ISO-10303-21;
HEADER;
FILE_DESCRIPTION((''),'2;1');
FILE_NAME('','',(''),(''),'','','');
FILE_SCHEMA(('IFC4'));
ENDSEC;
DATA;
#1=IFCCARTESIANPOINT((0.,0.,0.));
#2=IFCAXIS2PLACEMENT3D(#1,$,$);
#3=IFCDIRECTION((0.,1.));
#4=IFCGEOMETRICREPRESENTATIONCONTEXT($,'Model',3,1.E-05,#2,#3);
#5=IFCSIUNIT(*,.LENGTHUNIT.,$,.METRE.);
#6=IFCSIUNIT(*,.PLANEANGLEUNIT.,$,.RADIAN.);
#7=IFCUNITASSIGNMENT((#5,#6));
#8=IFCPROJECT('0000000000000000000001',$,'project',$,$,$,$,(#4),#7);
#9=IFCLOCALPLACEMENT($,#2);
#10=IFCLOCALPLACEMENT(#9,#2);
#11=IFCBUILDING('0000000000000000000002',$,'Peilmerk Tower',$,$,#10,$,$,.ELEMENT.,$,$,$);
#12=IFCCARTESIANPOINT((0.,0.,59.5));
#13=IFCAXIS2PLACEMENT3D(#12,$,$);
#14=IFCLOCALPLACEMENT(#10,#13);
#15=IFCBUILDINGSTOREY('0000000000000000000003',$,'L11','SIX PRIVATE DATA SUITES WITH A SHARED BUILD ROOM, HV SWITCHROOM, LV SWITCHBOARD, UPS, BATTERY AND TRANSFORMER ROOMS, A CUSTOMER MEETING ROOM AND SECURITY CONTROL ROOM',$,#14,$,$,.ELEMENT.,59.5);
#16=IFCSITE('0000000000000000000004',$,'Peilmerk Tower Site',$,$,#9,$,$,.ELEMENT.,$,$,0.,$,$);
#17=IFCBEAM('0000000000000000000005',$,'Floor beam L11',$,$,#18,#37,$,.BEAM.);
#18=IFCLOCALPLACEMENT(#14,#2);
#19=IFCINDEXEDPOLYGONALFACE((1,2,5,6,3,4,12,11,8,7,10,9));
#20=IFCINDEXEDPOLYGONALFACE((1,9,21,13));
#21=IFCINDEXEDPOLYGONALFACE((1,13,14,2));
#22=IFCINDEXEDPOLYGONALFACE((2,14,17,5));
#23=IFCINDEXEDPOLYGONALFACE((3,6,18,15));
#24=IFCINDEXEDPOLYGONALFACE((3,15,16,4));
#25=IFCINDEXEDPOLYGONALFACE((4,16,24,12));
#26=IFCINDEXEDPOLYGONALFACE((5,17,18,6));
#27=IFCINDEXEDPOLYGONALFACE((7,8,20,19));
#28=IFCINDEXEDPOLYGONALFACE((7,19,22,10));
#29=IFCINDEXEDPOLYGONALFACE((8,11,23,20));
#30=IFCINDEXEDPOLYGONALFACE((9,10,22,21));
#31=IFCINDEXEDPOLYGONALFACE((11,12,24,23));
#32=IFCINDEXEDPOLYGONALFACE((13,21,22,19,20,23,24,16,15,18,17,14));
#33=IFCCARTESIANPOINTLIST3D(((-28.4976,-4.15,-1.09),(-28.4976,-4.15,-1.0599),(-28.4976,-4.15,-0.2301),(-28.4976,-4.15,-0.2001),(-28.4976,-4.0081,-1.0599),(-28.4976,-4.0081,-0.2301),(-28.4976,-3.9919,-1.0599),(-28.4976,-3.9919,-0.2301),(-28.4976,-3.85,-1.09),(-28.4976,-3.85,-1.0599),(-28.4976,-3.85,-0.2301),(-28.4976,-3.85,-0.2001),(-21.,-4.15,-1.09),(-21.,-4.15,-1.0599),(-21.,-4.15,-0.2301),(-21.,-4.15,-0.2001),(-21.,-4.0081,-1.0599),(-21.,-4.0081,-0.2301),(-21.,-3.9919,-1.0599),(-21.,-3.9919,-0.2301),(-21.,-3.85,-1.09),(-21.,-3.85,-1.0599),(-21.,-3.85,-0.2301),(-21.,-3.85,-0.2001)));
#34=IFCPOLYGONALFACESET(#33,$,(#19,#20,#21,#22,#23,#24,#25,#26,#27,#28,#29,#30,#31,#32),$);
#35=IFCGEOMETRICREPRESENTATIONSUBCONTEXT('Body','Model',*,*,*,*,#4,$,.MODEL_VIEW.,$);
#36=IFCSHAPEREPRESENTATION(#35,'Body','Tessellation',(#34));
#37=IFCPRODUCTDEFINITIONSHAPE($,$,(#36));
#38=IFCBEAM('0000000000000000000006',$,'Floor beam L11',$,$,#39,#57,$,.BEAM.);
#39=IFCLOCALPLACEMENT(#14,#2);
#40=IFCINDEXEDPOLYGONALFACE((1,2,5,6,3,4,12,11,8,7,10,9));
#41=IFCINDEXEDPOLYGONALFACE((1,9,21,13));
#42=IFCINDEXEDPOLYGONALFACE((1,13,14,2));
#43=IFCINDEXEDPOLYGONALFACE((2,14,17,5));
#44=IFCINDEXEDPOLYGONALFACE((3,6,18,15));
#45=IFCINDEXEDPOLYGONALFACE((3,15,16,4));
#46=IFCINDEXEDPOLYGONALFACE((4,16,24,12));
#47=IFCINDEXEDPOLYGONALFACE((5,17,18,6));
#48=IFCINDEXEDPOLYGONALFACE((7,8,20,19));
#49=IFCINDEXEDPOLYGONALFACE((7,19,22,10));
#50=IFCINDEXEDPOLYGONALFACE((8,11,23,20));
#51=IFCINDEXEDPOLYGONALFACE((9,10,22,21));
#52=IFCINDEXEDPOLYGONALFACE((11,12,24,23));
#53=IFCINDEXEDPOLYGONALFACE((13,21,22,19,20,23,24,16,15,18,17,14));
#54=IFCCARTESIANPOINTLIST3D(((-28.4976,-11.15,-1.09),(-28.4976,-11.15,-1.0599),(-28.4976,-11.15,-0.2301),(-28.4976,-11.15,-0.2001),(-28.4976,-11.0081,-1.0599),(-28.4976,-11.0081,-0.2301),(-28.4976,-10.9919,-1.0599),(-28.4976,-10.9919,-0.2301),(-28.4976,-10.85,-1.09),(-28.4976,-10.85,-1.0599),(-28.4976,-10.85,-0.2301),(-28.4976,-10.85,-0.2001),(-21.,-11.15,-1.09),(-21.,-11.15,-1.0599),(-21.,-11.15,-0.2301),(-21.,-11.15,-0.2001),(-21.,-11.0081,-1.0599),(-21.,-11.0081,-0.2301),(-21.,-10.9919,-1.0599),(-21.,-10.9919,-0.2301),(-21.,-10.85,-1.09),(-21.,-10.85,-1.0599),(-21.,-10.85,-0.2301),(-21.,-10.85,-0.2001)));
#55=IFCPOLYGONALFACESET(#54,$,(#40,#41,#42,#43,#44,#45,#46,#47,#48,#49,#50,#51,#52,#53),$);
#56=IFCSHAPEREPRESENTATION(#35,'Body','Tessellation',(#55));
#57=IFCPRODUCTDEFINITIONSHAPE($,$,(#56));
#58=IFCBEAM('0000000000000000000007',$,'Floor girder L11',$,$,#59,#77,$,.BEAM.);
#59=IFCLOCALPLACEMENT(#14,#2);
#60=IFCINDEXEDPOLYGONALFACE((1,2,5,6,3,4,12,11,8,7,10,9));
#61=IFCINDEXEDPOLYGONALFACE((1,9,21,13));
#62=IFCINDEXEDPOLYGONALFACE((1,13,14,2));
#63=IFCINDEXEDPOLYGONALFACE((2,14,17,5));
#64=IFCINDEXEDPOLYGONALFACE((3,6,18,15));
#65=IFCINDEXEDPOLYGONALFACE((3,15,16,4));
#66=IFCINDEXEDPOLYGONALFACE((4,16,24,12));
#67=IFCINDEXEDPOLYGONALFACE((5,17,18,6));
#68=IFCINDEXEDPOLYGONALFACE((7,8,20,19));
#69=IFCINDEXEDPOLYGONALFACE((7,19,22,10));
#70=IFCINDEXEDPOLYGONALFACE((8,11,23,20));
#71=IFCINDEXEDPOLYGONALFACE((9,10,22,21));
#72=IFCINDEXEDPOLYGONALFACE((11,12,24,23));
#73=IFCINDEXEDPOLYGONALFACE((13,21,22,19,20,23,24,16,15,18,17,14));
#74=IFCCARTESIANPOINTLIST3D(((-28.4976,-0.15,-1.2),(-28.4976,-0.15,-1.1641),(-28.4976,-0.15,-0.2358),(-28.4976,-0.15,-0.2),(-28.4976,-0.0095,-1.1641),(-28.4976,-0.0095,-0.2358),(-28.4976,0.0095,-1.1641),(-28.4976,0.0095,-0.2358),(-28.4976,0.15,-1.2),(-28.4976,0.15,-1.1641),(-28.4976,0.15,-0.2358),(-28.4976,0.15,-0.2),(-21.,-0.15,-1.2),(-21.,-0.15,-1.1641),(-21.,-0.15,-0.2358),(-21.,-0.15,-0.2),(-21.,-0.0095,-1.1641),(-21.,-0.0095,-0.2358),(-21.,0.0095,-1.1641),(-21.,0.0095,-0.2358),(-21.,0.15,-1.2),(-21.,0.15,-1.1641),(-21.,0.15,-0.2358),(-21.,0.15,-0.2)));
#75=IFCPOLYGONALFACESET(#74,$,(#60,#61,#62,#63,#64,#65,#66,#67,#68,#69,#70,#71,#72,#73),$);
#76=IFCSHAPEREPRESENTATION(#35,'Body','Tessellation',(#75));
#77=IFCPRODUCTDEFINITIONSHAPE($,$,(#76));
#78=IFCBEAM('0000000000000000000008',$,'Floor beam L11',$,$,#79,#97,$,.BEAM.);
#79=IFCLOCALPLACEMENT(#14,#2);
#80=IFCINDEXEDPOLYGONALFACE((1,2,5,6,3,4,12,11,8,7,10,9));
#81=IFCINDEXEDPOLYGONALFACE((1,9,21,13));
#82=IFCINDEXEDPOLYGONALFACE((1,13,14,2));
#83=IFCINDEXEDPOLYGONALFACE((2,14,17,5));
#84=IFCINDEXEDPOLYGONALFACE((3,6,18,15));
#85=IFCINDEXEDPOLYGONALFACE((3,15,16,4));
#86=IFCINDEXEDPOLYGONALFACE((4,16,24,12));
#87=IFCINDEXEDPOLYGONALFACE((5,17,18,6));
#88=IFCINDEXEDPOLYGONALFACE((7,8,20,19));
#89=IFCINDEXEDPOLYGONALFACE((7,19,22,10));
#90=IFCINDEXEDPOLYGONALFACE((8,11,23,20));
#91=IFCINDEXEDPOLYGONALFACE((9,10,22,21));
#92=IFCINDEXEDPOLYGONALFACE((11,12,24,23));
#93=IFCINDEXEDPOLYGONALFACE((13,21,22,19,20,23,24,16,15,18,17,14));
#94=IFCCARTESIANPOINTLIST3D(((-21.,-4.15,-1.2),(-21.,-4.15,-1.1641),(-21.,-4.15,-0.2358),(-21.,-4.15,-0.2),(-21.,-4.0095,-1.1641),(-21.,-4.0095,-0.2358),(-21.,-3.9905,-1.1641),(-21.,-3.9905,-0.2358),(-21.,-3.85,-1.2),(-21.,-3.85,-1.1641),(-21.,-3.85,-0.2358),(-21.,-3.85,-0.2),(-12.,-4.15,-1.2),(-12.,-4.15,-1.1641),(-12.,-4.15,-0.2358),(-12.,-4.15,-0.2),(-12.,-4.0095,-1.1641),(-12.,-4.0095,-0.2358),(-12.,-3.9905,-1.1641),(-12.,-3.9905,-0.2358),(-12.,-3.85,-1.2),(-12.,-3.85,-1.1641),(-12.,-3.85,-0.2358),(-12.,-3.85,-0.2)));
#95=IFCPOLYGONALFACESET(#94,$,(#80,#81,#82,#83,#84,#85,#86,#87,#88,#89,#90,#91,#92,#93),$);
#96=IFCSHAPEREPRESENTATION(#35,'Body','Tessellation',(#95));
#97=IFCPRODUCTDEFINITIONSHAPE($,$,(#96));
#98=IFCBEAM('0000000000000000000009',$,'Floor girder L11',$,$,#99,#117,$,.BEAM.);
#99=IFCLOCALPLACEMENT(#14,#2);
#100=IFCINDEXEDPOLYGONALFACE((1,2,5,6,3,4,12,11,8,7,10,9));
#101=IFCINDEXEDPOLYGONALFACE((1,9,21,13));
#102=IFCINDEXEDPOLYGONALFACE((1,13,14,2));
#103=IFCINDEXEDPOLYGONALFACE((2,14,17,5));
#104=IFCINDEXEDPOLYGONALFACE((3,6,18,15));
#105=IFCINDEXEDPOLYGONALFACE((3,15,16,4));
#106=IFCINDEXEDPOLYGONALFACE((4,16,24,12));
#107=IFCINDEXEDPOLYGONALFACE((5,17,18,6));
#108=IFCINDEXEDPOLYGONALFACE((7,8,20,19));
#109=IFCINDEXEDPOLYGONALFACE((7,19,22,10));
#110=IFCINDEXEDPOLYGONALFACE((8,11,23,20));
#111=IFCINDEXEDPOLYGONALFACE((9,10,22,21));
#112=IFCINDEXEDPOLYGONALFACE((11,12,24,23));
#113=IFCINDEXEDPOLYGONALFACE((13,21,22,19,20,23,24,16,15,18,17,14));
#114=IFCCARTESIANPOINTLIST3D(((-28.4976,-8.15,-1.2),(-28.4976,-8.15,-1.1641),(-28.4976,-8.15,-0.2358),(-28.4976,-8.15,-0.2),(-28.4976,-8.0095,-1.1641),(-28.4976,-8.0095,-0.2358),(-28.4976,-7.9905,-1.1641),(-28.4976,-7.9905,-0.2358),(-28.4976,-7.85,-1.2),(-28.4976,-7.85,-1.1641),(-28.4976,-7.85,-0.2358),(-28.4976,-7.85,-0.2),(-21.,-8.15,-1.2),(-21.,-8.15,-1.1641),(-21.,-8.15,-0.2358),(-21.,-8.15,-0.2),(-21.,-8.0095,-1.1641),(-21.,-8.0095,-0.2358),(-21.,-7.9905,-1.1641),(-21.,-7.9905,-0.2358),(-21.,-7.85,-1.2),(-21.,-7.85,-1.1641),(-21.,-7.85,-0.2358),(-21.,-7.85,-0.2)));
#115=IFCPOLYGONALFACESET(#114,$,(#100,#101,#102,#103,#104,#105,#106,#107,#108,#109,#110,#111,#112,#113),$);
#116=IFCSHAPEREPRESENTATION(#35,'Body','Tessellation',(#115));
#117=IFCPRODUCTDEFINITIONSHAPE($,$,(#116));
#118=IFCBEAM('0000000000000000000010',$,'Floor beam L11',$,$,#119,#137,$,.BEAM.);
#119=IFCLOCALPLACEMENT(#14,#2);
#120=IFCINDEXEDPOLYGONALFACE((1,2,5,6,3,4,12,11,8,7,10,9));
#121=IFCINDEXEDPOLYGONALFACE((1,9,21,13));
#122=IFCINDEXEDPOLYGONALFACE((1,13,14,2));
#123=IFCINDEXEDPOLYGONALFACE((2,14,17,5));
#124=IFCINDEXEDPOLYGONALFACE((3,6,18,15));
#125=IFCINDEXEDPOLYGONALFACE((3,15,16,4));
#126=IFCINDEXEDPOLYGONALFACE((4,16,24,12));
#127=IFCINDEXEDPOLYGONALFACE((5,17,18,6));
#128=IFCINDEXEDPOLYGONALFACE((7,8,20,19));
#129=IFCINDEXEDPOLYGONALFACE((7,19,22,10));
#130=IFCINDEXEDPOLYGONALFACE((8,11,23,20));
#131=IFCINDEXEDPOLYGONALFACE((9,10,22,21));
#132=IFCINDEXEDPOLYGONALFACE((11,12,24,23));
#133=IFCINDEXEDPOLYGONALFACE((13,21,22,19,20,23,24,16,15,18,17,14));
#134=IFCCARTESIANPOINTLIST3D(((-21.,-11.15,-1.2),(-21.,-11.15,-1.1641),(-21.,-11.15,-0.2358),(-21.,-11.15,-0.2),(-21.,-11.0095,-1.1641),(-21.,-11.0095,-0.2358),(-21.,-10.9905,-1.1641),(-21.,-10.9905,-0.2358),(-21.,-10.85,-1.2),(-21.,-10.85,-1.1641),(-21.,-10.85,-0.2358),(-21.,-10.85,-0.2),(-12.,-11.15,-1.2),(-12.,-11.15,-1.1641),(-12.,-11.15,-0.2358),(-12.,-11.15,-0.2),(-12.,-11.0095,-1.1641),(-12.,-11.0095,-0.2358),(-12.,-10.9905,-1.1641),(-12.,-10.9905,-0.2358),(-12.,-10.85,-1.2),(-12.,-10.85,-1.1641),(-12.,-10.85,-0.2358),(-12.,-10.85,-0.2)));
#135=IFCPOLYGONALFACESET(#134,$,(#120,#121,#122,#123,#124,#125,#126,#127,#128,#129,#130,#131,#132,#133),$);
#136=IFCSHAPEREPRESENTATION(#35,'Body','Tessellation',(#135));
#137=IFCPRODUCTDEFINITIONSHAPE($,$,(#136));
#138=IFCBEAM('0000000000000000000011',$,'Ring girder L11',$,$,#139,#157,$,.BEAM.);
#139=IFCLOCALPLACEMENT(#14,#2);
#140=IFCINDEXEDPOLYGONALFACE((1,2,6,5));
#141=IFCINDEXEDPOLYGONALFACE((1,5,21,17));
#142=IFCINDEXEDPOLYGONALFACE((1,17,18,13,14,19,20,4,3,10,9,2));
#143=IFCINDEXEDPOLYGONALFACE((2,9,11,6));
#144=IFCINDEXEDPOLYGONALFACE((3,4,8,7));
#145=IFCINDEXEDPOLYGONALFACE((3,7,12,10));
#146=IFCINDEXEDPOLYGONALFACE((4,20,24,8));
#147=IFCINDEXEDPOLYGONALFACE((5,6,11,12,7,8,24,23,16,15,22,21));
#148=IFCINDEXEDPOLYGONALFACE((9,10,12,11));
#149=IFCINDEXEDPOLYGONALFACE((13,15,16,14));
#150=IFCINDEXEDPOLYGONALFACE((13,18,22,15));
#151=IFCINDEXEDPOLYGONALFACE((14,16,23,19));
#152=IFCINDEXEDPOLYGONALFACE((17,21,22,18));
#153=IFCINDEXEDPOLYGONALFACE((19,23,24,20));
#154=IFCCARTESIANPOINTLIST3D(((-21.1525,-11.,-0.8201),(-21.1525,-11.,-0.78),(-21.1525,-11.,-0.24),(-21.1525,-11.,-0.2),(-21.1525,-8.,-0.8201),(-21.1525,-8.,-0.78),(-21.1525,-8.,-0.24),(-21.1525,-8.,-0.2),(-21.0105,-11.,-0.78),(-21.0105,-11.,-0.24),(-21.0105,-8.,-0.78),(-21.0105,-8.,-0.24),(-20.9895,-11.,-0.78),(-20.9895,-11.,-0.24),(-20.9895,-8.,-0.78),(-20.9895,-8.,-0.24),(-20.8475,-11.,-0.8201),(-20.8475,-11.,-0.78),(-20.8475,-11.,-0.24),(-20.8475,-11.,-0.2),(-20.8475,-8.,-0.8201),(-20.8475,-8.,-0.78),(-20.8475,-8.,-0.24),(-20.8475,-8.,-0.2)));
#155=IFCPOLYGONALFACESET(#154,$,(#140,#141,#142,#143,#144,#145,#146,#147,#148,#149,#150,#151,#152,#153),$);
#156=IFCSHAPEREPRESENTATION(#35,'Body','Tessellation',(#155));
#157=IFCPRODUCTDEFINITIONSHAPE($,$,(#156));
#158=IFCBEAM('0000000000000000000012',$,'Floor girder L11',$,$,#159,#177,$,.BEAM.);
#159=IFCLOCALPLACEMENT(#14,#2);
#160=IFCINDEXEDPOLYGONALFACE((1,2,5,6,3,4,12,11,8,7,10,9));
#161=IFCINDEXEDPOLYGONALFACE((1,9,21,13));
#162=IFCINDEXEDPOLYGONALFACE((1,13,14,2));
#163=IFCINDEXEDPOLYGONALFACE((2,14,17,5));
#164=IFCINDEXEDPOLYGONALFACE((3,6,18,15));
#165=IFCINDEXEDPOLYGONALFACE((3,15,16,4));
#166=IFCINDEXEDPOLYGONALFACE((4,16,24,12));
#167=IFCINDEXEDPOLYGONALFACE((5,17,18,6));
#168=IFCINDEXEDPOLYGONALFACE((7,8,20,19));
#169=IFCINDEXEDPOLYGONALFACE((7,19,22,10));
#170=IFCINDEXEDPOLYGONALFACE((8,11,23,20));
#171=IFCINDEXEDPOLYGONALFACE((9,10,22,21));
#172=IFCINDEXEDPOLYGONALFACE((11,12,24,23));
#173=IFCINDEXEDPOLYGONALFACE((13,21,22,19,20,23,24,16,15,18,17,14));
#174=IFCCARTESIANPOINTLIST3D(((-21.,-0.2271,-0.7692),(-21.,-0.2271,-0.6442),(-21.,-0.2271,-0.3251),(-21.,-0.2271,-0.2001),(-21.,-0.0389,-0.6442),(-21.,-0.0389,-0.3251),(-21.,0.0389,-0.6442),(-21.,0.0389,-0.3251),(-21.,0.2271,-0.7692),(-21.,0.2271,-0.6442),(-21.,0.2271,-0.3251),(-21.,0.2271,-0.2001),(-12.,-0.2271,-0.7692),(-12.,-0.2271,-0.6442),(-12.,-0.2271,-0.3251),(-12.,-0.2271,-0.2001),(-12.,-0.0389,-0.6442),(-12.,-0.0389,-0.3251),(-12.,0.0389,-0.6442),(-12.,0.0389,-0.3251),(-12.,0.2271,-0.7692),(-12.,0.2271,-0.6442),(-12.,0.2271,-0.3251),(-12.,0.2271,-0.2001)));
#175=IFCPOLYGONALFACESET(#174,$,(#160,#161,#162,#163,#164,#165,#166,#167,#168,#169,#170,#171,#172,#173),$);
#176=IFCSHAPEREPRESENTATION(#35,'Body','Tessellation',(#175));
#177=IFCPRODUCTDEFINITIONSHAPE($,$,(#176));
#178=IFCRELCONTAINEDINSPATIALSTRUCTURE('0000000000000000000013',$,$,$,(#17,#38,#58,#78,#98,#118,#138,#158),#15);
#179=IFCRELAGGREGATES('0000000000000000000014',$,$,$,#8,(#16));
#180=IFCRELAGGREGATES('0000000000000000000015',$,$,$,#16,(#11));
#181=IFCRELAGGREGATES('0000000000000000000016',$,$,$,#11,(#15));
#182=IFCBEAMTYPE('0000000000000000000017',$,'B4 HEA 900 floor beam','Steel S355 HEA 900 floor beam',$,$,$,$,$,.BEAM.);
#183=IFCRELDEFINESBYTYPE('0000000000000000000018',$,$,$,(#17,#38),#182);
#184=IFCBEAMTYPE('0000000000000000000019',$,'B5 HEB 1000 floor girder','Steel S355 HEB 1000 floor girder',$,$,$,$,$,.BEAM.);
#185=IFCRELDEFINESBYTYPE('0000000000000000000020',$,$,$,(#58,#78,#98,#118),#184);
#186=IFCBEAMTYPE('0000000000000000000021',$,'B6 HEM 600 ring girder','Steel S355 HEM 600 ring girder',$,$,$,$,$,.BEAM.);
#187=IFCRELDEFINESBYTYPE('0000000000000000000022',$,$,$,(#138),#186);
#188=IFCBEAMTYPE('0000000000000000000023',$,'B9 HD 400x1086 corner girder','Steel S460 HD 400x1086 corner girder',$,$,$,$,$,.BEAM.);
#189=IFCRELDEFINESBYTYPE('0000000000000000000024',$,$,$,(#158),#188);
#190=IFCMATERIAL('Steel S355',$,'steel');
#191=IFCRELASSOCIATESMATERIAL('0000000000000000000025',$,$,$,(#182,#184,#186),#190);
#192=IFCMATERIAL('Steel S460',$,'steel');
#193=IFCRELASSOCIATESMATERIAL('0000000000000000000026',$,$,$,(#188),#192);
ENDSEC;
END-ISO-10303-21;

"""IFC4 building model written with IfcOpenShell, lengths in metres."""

from ifc_helpers import new_model, si_unit, direction, frame, origin, origin_2d, place, context, subcontext, project, spatial, i_section, extrude, material, material_profile, profile_set, type_object, element, save


model = new_model("IFC4")

# Units and contexts
model_context = context("Model", 3, precision=1e-05, world=origin(), true_north=direction((0.0, 1.0)))
body_context = subcontext(model_context, "Body", "Model", "MODEL_VIEW")
ifc_project = project(units=[si_unit("LENGTHUNIT", "METRE"), si_unit("PLANEANGLEUNIT", "RADIAN")], contexts=[model_context])

# Site, building, storey
site_placement = place(None, origin())
site = spatial("IfcSite", under=ifc_project, at=site_placement, Name="Peilmerk Tower Site", CompositionType="ELEMENT", RefElevation=0.0)
building_placement = place(site_placement, origin())
building = spatial("IfcBuilding", under=site, at=building_placement, Name="Peilmerk Tower", CompositionType="ELEMENT")
storey_placement = place(building_placement, frame((0.0, 0.0, 59.5)))
storey = spatial("IfcBuildingStorey", under=building, at=storey_placement, Name="L11", Description="SIX PRIVATE DATA SUITES WITH A SHARED BUILD ROOM, HV SWITCHROOM, LV SWITCHBOARD, UPS, BATTERY AND TRANSFORMER ROOMS, A CUSTOMER MEETING ROOM AND SECURITY CONTROL ROOM", CompositionType="ELEMENT", Elevation=59.5)

# Beams
ifc_material_1 = material(Name="Steel S355", Category="steel")
ifc_material_profile_1 = material_profile(ifc_material_1, i_section(OverallWidth=0.3, OverallDepth=0.8899, WebThickness=0.0161, FlangeThickness=0.03, at=origin_2d()), Name="HEA 900")
ifc_profile_set_1 = profile_set([ifc_material_profile_1], Name="Steel S355")
beam_type_1 = type_object("IfcBeamType", Name="B4 HEA 900 floor beam", Description="Steel S355 HEA 900 floor beam", PredefinedType="BEAM", material=ifc_profile_set_1)
for number, where, z_axis, x_axis, name in (
    (1, (-21.0, -4.0, -0.645), (-1.0, 0.0, 0.0), (0.0, -1.0, 0.0), "Floor beam L11"),
    (2, (-21.0, -11.0, -0.645), (-1.0, 0.0, 0.0), (0.0, -1.0, 0.0), "Floor beam L11"),
):
    element("IfcBeam", number, at=place(storey_placement, frame(where, z_axis=z_axis, x_axis=x_axis)), inside=storey, type_object=beam_type_1, Name=name, PredefinedType="BEAM", context=body_context, shape_type="SweptSolid", body=[
        extrude(i_section(OverallWidth=0.3, OverallDepth=0.8899, WebThickness=0.0161, FlangeThickness=0.03, at=origin_2d()), origin(), (0.0, 0.0, 1.0), 7.4976),
    ])
ifc_material_profile_2 = material_profile(ifc_material_1, i_section(OverallWidth=0.3, OverallDepth=1.0, WebThickness=0.019, FlangeThickness=0.0359, at=origin_2d()), Name="HEB 1000")
ifc_profile_set_2 = profile_set([ifc_material_profile_2], Name="Steel S355")
beam_type_2 = type_object("IfcBeamType", Name="B5 HEB 1000 floor girder", Description="Steel S355 HEB 1000 floor girder", PredefinedType="BEAM", material=ifc_profile_set_2)
beam_1_placement = place(storey_placement, frame((-21.0, 0.0, -0.7), z_axis=(-1.0, 0.0, 0.0), x_axis=(0.0, -1.0, 0.0)))
element("IfcBeam", 3, at=beam_1_placement, inside=storey, type_object=beam_type_2, Name="Floor girder L11", PredefinedType="BEAM", context=body_context, shape_type="SweptSolid", body=[
    extrude(i_section(OverallWidth=0.3, OverallDepth=1.0, WebThickness=0.019, FlangeThickness=0.0359, at=origin_2d()), origin(), (0.0, 0.0, 1.0), 7.4976),
])
beam_2_placement = place(storey_placement, frame((-12.0, -4.0, -0.7), z_axis=(-1.0, 0.0, 0.0), x_axis=(0.0, -1.0, 0.0)))
element("IfcBeam", 4, at=beam_2_placement, inside=storey, type_object=beam_type_2, Name="Floor beam L11", PredefinedType="BEAM", context=body_context, shape_type="SweptSolid", body=[
    extrude(i_section(OverallWidth=0.3, OverallDepth=1.0, WebThickness=0.019, FlangeThickness=0.0359, at=origin_2d()), origin(), (0.0, 0.0, 1.0), 9.0),
])
beam_3_placement = place(storey_placement, frame((-21.0, -8.0, -0.7), z_axis=(-1.0, 0.0, 0.0), x_axis=(0.0, -1.0, 0.0)))
element("IfcBeam", 5, at=beam_3_placement, inside=storey, type_object=beam_type_2, Name="Floor girder L11", PredefinedType="BEAM", context=body_context, shape_type="SweptSolid", body=[
    extrude(i_section(OverallWidth=0.3, OverallDepth=1.0, WebThickness=0.019, FlangeThickness=0.0359, at=origin_2d()), origin(), (0.0, 0.0, 1.0), 7.4976),
])
beam_4_placement = place(storey_placement, frame((-12.0, -11.0, -0.7), z_axis=(-1.0, 0.0, 0.0), x_axis=(0.0, -1.0, 0.0)))
element("IfcBeam", 6, at=beam_4_placement, inside=storey, type_object=beam_type_2, Name="Floor beam L11", PredefinedType="BEAM", context=body_context, shape_type="SweptSolid", body=[
    extrude(i_section(OverallWidth=0.3, OverallDepth=1.0, WebThickness=0.019, FlangeThickness=0.0359, at=origin_2d()), origin(), (0.0, 0.0, 1.0), 9.0),
])
ifc_material_profile_3 = material_profile(ifc_material_1, i_section(OverallWidth=0.3049, OverallDepth=0.6201, WebThickness=0.021, FlangeThickness=0.04, at=origin_2d()), Name="HEM 600")
ifc_profile_set_3 = profile_set([ifc_material_profile_3], Name="Steel S355")
beam_type_3 = type_object("IfcBeamType", Name="B6 HEM 600 ring girder", Description="Steel S355 HEM 600 ring girder", PredefinedType="BEAM", material=ifc_profile_set_3)
beam_5_placement = place(storey_placement, frame((-21.0, -8.0, -0.51), z_axis=(0.0, -1.0, 0.0), x_axis=(1.0, 0.0, 0.0)))
element("IfcBeam", 7, at=beam_5_placement, inside=storey, type_object=beam_type_3, Name="Ring girder L11", PredefinedType="BEAM", context=body_context, shape_type="SweptSolid", body=[
    extrude(i_section(OverallWidth=0.3049, OverallDepth=0.6201, WebThickness=0.021, FlangeThickness=0.04, at=origin_2d()), origin(), (0.0, 0.0, 1.0), 3.0),
])
ifc_material_2 = material(Name="Steel S460", Category="steel")
ifc_material_profile_4 = material_profile(ifc_material_2, i_section(OverallWidth=0.4541, OverallDepth=0.5691, WebThickness=0.0779, FlangeThickness=0.125, at=origin_2d()), Name="HD 400x1086")
ifc_profile_set_4 = profile_set([ifc_material_profile_4], Name="Steel S460")
beam_type_4 = type_object("IfcBeamType", Name="B9 HD 400x1086 corner girder", Description="Steel S460 HD 400x1086 corner girder", PredefinedType="BEAM", material=ifc_profile_set_4)
for number, where, z_axis, x_axis, name in (
    (8, (-12.0, 0.0, -0.4846), (-1.0, 0.0, 0.0), (0.0, -1.0, 0.0), "Floor girder L11"),
):
    element("IfcBeam", number, at=place(storey_placement, frame(where, z_axis=z_axis, x_axis=x_axis)), inside=storey, type_object=beam_type_4, Name=name, PredefinedType="BEAM", context=body_context, shape_type="SweptSolid", body=[
        extrude(i_section(OverallWidth=0.4541, OverallDepth=0.5691, WebThickness=0.0779, FlangeThickness=0.125, at=origin_2d()), origin(), (0.0, 0.0, 1.0), 9.0),
    ])

save(model, "model.ifc")
